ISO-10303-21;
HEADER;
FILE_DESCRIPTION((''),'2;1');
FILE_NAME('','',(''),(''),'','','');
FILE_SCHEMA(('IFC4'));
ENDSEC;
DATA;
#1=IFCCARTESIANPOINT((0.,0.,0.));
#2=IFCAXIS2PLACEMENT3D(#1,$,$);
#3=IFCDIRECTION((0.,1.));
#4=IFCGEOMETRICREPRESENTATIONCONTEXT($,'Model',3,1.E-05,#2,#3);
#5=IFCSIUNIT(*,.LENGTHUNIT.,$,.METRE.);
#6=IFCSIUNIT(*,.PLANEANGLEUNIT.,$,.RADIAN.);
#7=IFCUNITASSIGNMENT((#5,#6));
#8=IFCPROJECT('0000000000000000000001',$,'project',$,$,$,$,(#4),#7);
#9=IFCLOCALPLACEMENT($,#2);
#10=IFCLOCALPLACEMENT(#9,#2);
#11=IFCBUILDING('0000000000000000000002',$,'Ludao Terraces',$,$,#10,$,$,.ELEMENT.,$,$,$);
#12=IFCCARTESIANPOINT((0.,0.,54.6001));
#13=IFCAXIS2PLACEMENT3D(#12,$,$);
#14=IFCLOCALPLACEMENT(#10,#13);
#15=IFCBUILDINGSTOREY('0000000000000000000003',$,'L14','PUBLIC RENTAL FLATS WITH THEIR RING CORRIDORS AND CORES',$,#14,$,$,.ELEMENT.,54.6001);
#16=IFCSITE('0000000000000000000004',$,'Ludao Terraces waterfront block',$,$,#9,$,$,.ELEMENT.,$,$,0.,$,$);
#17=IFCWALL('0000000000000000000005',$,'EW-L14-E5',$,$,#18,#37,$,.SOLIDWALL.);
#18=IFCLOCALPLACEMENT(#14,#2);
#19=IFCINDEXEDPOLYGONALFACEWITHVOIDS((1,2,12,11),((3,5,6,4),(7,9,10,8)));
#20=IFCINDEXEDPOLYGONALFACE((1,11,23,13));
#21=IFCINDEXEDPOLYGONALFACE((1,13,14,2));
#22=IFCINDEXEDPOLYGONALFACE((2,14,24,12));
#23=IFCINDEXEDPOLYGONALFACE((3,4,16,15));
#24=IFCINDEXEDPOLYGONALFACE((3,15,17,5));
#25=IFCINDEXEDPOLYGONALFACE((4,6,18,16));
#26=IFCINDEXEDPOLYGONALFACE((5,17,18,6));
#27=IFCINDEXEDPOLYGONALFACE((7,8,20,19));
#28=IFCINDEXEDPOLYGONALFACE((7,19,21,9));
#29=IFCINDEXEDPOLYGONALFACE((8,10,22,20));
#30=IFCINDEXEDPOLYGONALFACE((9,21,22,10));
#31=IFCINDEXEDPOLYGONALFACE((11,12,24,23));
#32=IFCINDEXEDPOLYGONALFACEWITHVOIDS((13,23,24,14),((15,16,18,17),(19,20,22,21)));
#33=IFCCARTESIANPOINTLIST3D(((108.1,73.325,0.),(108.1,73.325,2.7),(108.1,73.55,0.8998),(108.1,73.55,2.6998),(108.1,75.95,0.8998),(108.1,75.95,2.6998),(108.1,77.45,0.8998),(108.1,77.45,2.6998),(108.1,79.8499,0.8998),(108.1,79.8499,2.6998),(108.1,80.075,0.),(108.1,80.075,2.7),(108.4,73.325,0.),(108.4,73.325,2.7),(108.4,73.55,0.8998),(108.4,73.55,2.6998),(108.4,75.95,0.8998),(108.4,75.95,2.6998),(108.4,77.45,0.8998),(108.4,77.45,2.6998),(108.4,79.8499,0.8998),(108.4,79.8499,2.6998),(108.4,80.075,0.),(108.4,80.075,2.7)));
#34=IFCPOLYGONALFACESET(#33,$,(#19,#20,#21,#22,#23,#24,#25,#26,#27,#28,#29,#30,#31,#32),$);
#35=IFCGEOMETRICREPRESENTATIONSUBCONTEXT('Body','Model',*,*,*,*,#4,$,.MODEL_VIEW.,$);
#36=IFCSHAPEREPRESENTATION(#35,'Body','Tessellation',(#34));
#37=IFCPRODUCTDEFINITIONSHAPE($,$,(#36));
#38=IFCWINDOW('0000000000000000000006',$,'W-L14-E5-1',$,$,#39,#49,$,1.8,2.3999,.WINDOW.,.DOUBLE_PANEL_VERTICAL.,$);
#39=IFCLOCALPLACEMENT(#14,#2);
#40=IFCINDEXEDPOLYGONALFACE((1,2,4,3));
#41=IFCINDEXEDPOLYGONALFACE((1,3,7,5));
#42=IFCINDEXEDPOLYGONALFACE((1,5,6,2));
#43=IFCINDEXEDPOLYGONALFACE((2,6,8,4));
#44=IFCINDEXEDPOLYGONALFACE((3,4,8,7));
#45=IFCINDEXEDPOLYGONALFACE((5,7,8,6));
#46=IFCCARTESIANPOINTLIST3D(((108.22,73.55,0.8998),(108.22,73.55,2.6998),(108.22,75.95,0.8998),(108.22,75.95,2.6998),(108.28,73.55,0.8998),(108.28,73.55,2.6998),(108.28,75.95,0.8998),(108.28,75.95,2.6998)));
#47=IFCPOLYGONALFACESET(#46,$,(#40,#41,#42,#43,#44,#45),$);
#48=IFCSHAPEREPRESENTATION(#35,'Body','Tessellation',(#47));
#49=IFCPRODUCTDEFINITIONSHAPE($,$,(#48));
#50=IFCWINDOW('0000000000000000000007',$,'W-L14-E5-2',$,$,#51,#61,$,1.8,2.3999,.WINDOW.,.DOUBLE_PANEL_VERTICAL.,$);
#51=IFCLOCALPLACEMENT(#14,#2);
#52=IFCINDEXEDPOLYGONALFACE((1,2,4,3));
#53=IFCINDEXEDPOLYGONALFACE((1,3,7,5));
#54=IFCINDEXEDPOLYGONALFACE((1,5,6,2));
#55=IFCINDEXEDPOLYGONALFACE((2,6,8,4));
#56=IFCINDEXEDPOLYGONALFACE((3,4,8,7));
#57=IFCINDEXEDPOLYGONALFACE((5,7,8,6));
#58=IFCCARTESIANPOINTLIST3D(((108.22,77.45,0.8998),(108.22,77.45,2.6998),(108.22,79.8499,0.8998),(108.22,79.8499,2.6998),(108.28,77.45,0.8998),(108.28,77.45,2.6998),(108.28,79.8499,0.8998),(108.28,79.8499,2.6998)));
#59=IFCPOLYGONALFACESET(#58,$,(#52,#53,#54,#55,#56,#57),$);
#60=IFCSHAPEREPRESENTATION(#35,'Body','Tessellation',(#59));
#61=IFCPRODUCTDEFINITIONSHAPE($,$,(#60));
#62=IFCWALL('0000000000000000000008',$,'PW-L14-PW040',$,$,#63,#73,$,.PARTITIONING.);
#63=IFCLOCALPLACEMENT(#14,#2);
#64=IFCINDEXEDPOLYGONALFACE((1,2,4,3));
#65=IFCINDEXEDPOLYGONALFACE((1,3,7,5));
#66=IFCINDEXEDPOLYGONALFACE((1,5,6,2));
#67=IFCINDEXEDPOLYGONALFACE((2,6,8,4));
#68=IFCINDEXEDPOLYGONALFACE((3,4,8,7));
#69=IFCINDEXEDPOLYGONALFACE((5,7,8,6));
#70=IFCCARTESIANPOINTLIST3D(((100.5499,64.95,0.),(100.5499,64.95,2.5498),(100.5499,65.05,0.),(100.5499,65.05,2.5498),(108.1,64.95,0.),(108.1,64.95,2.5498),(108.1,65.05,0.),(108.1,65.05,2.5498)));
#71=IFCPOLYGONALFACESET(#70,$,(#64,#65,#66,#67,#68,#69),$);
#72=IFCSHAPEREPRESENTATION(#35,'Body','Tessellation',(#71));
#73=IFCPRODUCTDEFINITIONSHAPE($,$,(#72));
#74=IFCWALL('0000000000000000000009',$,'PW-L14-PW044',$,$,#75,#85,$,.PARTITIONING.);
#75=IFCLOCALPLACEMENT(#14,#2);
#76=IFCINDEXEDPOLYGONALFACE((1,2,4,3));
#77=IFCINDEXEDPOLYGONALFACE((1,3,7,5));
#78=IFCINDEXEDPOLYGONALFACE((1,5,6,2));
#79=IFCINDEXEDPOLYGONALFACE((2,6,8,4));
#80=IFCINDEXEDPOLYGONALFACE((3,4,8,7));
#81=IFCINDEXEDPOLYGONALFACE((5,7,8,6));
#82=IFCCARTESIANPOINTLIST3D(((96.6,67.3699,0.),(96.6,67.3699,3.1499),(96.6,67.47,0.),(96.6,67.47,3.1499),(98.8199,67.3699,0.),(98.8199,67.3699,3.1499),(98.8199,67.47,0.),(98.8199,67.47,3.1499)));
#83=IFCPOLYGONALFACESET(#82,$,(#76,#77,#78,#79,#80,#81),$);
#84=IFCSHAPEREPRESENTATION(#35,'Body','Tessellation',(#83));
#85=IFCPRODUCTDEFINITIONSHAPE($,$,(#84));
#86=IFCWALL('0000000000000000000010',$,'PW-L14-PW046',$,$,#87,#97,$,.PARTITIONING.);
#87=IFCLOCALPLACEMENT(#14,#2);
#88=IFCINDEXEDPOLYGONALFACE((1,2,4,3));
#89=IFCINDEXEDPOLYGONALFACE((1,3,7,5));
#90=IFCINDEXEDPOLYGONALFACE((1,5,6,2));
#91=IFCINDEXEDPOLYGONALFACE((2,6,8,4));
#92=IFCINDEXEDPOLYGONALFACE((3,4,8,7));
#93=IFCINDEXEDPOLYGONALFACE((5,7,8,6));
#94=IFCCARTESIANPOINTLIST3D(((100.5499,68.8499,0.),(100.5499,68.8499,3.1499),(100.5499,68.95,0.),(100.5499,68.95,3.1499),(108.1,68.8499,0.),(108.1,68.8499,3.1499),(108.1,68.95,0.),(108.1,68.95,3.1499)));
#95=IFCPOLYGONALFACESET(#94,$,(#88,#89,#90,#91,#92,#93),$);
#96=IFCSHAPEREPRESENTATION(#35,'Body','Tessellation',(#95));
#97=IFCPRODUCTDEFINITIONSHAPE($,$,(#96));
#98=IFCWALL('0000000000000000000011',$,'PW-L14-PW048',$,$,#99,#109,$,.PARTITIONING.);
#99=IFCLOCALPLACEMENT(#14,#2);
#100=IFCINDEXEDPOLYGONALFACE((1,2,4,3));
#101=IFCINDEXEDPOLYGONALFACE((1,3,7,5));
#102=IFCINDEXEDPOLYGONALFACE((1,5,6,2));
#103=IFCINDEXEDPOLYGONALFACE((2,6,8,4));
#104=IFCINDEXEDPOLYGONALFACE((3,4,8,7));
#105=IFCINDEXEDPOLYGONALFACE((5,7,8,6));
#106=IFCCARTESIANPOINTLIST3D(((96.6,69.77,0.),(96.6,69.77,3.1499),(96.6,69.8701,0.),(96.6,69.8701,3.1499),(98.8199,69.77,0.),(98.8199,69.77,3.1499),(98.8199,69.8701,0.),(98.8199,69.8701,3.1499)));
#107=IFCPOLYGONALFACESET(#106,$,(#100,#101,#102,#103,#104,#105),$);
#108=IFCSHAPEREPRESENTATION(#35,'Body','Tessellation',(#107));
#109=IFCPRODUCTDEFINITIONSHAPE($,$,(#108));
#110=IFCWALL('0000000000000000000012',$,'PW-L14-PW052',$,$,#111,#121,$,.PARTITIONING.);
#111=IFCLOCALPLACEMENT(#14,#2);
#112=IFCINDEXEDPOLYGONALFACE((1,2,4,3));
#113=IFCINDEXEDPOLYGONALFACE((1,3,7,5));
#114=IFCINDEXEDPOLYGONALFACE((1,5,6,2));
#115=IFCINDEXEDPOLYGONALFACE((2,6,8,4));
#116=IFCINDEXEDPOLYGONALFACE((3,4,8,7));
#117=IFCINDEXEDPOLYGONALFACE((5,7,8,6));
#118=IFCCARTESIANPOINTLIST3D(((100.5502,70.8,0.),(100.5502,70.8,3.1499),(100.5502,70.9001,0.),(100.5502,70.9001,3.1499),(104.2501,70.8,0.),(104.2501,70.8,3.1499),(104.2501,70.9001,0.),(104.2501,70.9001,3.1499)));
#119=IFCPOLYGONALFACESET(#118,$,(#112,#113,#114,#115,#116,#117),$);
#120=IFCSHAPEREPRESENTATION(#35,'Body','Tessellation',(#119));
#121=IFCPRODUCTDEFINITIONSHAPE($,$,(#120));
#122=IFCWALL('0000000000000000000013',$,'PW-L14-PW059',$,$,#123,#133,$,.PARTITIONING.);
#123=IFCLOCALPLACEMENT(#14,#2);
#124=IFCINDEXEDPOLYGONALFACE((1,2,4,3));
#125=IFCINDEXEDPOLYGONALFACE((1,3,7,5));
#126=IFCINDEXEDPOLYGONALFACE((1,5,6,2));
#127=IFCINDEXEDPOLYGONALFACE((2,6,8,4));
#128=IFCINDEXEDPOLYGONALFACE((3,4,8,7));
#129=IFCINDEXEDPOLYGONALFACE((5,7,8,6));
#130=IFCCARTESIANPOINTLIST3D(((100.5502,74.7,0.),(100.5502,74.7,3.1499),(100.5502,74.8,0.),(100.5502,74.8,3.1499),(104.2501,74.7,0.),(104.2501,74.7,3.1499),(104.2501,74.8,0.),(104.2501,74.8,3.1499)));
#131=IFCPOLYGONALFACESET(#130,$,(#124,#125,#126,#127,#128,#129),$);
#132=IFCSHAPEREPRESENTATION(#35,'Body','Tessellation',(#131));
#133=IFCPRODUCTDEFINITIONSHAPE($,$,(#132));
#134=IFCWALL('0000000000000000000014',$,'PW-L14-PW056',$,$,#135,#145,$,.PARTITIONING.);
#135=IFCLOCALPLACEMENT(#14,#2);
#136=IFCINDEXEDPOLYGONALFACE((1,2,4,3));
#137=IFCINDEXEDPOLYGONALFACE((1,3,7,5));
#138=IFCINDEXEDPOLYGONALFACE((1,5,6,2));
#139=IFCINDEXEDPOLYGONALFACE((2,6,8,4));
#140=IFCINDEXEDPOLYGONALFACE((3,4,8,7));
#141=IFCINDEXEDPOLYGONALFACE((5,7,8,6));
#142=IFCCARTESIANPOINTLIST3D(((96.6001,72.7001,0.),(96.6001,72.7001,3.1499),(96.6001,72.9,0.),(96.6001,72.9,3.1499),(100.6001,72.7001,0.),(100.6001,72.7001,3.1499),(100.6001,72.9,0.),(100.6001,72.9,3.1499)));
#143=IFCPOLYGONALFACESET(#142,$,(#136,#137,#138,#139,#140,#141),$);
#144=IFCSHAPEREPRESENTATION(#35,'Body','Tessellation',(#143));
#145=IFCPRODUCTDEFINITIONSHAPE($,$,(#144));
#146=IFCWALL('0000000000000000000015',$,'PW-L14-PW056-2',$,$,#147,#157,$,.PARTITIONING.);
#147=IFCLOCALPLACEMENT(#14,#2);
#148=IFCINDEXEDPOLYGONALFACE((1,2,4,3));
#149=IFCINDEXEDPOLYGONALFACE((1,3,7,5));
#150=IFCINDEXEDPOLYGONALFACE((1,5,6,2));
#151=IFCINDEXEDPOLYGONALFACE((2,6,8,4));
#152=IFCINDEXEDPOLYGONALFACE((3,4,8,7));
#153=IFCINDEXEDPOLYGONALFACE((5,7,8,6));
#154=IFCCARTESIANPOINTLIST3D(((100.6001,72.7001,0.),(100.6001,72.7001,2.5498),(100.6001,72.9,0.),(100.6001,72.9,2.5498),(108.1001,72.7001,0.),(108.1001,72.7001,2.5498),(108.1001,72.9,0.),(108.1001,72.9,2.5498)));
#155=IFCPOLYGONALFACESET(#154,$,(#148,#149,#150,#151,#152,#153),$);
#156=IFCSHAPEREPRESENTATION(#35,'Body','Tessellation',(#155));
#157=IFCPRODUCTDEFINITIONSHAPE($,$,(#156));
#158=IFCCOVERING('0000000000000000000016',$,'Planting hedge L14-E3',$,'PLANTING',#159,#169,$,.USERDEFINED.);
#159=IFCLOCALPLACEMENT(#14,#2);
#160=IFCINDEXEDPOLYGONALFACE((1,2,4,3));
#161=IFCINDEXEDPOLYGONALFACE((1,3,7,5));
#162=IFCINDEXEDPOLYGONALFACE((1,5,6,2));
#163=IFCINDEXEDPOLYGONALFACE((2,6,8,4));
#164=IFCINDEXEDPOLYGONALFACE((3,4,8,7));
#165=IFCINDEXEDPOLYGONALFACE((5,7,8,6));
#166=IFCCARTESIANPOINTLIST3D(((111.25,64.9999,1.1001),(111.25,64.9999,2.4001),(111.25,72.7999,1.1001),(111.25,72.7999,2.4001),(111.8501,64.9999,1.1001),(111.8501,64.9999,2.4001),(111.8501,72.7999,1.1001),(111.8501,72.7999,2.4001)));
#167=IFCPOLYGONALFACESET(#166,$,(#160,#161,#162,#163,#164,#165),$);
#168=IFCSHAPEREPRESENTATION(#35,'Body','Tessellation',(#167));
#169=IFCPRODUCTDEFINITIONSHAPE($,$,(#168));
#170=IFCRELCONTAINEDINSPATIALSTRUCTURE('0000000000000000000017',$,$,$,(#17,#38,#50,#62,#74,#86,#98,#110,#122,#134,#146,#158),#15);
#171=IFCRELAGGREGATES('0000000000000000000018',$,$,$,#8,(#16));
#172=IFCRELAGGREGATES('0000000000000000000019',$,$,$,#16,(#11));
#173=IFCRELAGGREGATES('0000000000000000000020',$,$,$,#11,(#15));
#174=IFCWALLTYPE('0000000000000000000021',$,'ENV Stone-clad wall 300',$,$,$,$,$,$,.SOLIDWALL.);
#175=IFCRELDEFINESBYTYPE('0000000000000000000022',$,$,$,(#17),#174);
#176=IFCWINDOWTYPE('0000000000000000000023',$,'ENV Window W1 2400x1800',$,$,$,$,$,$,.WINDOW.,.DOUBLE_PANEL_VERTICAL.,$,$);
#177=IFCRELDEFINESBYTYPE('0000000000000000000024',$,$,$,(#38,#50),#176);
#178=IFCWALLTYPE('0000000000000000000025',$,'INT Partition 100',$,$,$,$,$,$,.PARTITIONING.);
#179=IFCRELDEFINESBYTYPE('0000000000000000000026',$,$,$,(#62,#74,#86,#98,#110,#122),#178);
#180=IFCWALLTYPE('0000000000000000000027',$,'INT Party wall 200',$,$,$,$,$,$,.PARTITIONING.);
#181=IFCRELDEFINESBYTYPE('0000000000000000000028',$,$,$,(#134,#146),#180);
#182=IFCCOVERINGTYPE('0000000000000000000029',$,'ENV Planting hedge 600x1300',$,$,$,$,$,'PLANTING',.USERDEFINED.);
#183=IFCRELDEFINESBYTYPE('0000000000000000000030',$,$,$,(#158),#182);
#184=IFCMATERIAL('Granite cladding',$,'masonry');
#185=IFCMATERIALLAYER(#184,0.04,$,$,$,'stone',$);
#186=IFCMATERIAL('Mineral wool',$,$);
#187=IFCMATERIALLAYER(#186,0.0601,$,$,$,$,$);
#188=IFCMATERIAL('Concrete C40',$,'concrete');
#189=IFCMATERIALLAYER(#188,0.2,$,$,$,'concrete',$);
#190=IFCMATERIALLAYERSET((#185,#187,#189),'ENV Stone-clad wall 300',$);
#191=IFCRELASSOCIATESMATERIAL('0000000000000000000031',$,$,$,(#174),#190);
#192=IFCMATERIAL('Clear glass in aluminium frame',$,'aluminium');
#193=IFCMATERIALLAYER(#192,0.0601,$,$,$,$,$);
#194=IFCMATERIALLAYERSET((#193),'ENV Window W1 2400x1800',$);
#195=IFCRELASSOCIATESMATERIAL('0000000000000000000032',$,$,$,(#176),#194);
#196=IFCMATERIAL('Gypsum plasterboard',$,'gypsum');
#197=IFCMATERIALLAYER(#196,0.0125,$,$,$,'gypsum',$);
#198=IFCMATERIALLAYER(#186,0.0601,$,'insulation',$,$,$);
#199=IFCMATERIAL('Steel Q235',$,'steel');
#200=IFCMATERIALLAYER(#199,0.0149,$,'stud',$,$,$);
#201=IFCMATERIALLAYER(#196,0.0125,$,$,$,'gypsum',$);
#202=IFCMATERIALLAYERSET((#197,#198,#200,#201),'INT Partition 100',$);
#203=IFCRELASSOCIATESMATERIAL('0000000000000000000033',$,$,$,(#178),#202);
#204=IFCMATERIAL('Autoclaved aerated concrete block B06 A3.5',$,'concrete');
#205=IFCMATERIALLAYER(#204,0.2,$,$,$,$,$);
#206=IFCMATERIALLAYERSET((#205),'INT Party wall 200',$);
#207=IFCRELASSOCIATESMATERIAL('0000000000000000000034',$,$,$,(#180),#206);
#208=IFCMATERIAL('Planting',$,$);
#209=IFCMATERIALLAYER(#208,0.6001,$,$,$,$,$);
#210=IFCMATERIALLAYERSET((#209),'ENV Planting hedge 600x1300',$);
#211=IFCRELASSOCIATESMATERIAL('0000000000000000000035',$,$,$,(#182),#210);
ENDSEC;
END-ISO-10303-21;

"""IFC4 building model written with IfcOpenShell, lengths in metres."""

from ifc_helpers import new_model, si_unit, direction, frame, frame_2d, origin, origin_2d, place, context, subcontext, project, spatial, rectangle, extrude, material, layer, layer_set, type_object, element, fill, save


model = new_model("IFC4")

# Units and contexts
model_context = context("Model", 3, precision=1e-05, world=origin(), true_north=direction((0.0, 1.0)))
body_context = subcontext(model_context, "Body", "Model", "MODEL_VIEW")
ifc_project = project(units=[si_unit("LENGTHUNIT", "METRE"), si_unit("PLANEANGLEUNIT", "RADIAN")], contexts=[model_context])

# Site, building, storey
site_placement = place(None, origin())
site = spatial("IfcSite", under=ifc_project, at=site_placement, Name="Ludao Terraces waterfront block", CompositionType="ELEMENT", RefElevation=0.0)
building_placement = place(site_placement, origin())
building = spatial("IfcBuilding", under=site, at=building_placement, Name="Ludao Terraces", CompositionType="ELEMENT")
storey_placement = place(building_placement, frame((0.0, 0.0, 54.6001)))
storey = spatial("IfcBuildingStorey", under=building, at=storey_placement, Name="L14", Description="PUBLIC RENTAL FLATS WITH THEIR RING CORRIDORS AND CORES", CompositionType="ELEMENT", Elevation=54.6001)

# Shared definitions
ifc_material_1 = material(Name="Concrete C40", Category="concrete")

# Shared definitions
ifc_material_2 = material(Name="Granite cladding", Category="masonry")
ifc_layer_1 = layer(ifc_material_2, 0.04, Category="stone")
ifc_material_3 = material(Name="Mineral wool")
ifc_layer_2 = layer(ifc_material_3, 0.0601)
ifc_layer_3 = layer(ifc_material_1, 0.2, Category="concrete")
ifc_layer_set_1 = layer_set([ifc_layer_1, ifc_layer_2, ifc_layer_3], Name="ENV Stone-clad wall 300")
wall_type_1 = type_object("IfcWallType", Name="ENV Stone-clad wall 300", PredefinedType="SOLIDWALL", material=ifc_layer_set_1)
ifc_material_4 = material(Name="Clear glass in aluminium frame", Category="aluminium")
ifc_layer_4 = layer(ifc_material_4, 0.0601)
ifc_layer_set_2 = layer_set([ifc_layer_4], Name="ENV Window W1 2400x1800")
window_type = type_object("IfcWindowType", Name="ENV Window W1 2400x1800", PartitioningType="DOUBLE_PANEL_VERTICAL", PredefinedType="WINDOW", material=ifc_layer_set_2)

# Wall, openings, windows
wall_1_placement = place(storey_placement, frame((108.25, 73.325, 0.0), z_axis=(0.0, 0.0, 1.0), x_axis=(0.0, 1.0, 0.0)))
wall_1 = element("IfcWall", 1, at=wall_1_placement, inside=storey, type_object=wall_type_1, Name="EW-L14-E5", PredefinedType="SOLIDWALL", context=body_context, shape_type="SweptSolid", body=[
    extrude(rectangle(XDim=6.75, YDim=0.3, at=frame_2d((3.375, 0.0))), origin(), (0.0, 0.0, 1.0), 2.7),
])
opening_1_placement = place(wall_1_placement, frame((0.2251, 0.0, 0.8999)))
opening_1 = element("IfcOpeningElement", 2, at=opening_1_placement, cuts=wall_1, PredefinedType="OPENING", context=body_context, shape_type="SweptSolid", body=[
    extrude(rectangle(XDim=2.3999, YDim=1.8, at=frame_2d((1.2, 0.8999))), frame((0.0, 0.1602, 0.0), z_axis=(0.0, -1.0, 0.0), x_axis=(1.0, 0.0, 0.0)), (0.0, 0.0, 1.0), 0.3201),
])
opening_2_placement = place(wall_1_placement, frame((4.125, 0.0, 0.8999)))
opening_2 = element("IfcOpeningElement", 3, at=opening_2_placement, cuts=wall_1, PredefinedType="OPENING", context=body_context, shape_type="SweptSolid", body=[
    extrude(rectangle(XDim=2.3999, YDim=1.8, at=frame_2d((1.2, 0.8999))), frame((0.0, 0.1602, 0.0), z_axis=(0.0, -1.0, 0.0), x_axis=(1.0, 0.0, 0.0)), (0.0, 0.0, 1.0), 0.3201),
])
window_1_placement = place(opening_1_placement, origin())
window_1 = element("IfcWindow", 4, at=window_1_placement, inside=storey, type_object=window_type, Name="W-L14-E5-1", OverallHeight=1.8, OverallWidth=2.3999, PartitioningType="DOUBLE_PANEL_VERTICAL", PredefinedType="WINDOW", context=body_context, shape_type="SweptSolid", body=[
    extrude(rectangle(XDim=2.3999, YDim=1.8, at=frame_2d((1.2, 0.8999))), frame((0.0, 0.03, 0.0), z_axis=(0.0, -1.0, 0.0), x_axis=(1.0, 0.0, 0.0)), (0.0, 0.0, 1.0), 0.0601),
])
fill(opening_1, window_1)
window_2_placement = place(opening_2_placement, origin())
window_2 = element("IfcWindow", 5, at=window_2_placement, inside=storey, type_object=window_type, Name="W-L14-E5-2", OverallHeight=1.8, OverallWidth=2.3999, PartitioningType="DOUBLE_PANEL_VERTICAL", PredefinedType="WINDOW", context=body_context, shape_type="SweptSolid", body=[
    extrude(rectangle(XDim=2.3999, YDim=1.8, at=frame_2d((1.2, 0.8999))), frame((0.0, 0.03, 0.0), z_axis=(0.0, -1.0, 0.0), x_axis=(1.0, 0.0, 0.0)), (0.0, 0.0, 1.0), 0.0601),
])
fill(opening_2, window_2)

# Walls
ifc_material_5 = material(Name="Gypsum plasterboard", Category="gypsum")
ifc_layer_5 = layer(ifc_material_5, 0.0125, Category="gypsum")
ifc_layer_6 = layer(ifc_material_3, 0.0601, Name="insulation")
ifc_material_6 = material(Name="Steel Q235", Category="steel")
ifc_layer_7 = layer(ifc_material_6, 0.0149, Name="stud")
ifc_layer_8 = layer(ifc_material_5, 0.0125, Category="gypsum")
ifc_layer_set_3 = layer_set([ifc_layer_5, ifc_layer_6, ifc_layer_7, ifc_layer_8], Name="INT Partition 100")
wall_type_2 = type_object("IfcWallType", Name="INT Partition 100", PredefinedType="PARTITIONING", material=ifc_layer_set_3)
wall_2_placement = place(storey_placement, frame((100.55, 65.0, 0.0), z_axis=(0.0, 0.0, 1.0), x_axis=(1.0, 0.0, 0.0)))
element("IfcWall", 6, at=wall_2_placement, inside=storey, type_object=wall_type_2, Name="PW-L14-PW040", PredefinedType="PARTITIONING", context=body_context, shape_type="SweptSolid", body=[
    extrude(rectangle(XDim=7.55, YDim=0.1001, at=frame_2d((3.7749, 0.0))), origin(), (0.0, 0.0, 1.0), 2.5498),
])
wall_3_placement = place(storey_placement, frame((96.6001, 67.4199, 0.0), z_axis=(0.0, 0.0, 1.0), x_axis=(1.0, 0.0, 0.0)))
element("IfcWall", 7, at=wall_3_placement, inside=storey, type_object=wall_type_2, Name="PW-L14-PW044", PredefinedType="PARTITIONING", context=body_context, shape_type="SweptSolid", body=[
    extrude(rectangle(XDim=2.22, YDim=0.1001, at=frame_2d((1.1099, 0.0))), origin(), (0.0, 0.0, 1.0), 3.1499),
])
wall_4_placement = place(storey_placement, frame((100.55, 68.8999, 0.0), z_axis=(0.0, 0.0, 1.0), x_axis=(1.0, 0.0, 0.0)))
element("IfcWall", 8, at=wall_4_placement, inside=storey, type_object=wall_type_2, Name="PW-L14-PW046", PredefinedType="PARTITIONING", context=body_context, shape_type="SweptSolid", body=[
    extrude(rectangle(XDim=7.55, YDim=0.1001, at=frame_2d((3.7749, 0.0))), origin(), (0.0, 0.0, 1.0), 3.1499),
])
wall_5_placement = place(storey_placement, frame((96.6001, 69.8201, 0.0), z_axis=(0.0, 0.0, 1.0), x_axis=(1.0, 0.0, 0.0)))
element("IfcWall", 9, at=wall_5_placement, inside=storey, type_object=wall_type_2, Name="PW-L14-PW048", PredefinedType="PARTITIONING", context=body_context, shape_type="SweptSolid", body=[
    extrude(rectangle(XDim=2.22, YDim=0.1001, at=frame_2d((1.1099, 0.0))), origin(), (0.0, 0.0, 1.0), 3.1499),
])
for number, where, z_axis, x_axis, name in (
    (10, (100.55, 70.8501, 0.0), (0.0, 0.0, 1.0), (1.0, 0.0, 0.0), "PW-L14-PW052"),
    (11, (100.55, 74.75, 0.0), (0.0, 0.0, 1.0), (1.0, 0.0, 0.0), "PW-L14-PW059"),
):
    element("IfcWall", number, at=place(storey_placement, frame(where, z_axis=z_axis, x_axis=x_axis)), inside=storey, type_object=wall_type_2, Name=name, PredefinedType="PARTITIONING", context=body_context, shape_type="SweptSolid", body=[
        extrude(rectangle(XDim=3.7, YDim=0.1001, at=frame_2d((1.8501, 0.0))), origin(), (0.0, 0.0, 1.0), 3.1499),
    ])
ifc_material_7 = material(Name="Autoclaved aerated concrete block B06 A3.5", Category="concrete")
ifc_layer_9 = layer(ifc_material_7, 0.2)
ifc_layer_set_4 = layer_set([ifc_layer_9], Name="INT Party wall 200")
wall_type_3 = type_object("IfcWallType", Name="INT Party wall 200", PredefinedType="PARTITIONING", material=ifc_layer_set_4)
wall_6_placement = place(storey_placement, frame((96.6001, 72.8, 0.0), z_axis=(0.0, 0.0, 1.0), x_axis=(1.0, 0.0, 0.0)))
element("IfcWall", 12, at=wall_6_placement, inside=storey, type_object=wall_type_3, Name="PW-L14-PW056", PredefinedType="PARTITIONING", context=body_context, shape_type="SweptSolid", body=[
    extrude(rectangle(XDim=4.0, YDim=0.2, at=frame_2d((2.0, 0.0))), origin(), (0.0, 0.0, 1.0), 3.1499),
])
wall_7_placement = place(storey_placement, frame((100.6001, 72.8, 0.0), z_axis=(0.0, 0.0, 1.0), x_axis=(1.0, 0.0, 0.0)))
element("IfcWall", 13, at=wall_7_placement, inside=storey, type_object=wall_type_3, Name="PW-L14-PW056-2", PredefinedType="PARTITIONING", context=body_context, shape_type="SweptSolid", body=[
    extrude(rectangle(XDim=7.5, YDim=0.2, at=frame_2d((3.75, 0.0))), origin(), (0.0, 0.0, 1.0), 2.5498),
])

# Covering
ifc_material_8 = material(Name="Planting")
ifc_layer_10 = layer(ifc_material_8, 0.6001)
ifc_layer_set_5 = layer_set([ifc_layer_10], Name="ENV Planting hedge 600x1300")
covering_type = type_object("IfcCoveringType", Name="ENV Planting hedge 600x1300", ElementType="PLANTING", PredefinedType="USERDEFINED", material=ifc_layer_set_5)
covering_placement = place(storey_placement, frame((111.55, 68.8999, 1.1001), z_axis=(0.0, 0.0, 1.0), x_axis=(1.0, 0.0, 0.0)))
element("IfcCovering", 14, at=covering_placement, inside=storey, type_object=covering_type, Name="Planting hedge L14-E3", ObjectType="PLANTING", PredefinedType="USERDEFINED", context=body_context, shape_type="SweptSolid", body=[
    extrude(rectangle(XDim=0.6001, YDim=7.8, at=origin_2d()), origin(), (0.0, 0.0, 1.0), 1.3),
])

save(model, "model.ifc")
